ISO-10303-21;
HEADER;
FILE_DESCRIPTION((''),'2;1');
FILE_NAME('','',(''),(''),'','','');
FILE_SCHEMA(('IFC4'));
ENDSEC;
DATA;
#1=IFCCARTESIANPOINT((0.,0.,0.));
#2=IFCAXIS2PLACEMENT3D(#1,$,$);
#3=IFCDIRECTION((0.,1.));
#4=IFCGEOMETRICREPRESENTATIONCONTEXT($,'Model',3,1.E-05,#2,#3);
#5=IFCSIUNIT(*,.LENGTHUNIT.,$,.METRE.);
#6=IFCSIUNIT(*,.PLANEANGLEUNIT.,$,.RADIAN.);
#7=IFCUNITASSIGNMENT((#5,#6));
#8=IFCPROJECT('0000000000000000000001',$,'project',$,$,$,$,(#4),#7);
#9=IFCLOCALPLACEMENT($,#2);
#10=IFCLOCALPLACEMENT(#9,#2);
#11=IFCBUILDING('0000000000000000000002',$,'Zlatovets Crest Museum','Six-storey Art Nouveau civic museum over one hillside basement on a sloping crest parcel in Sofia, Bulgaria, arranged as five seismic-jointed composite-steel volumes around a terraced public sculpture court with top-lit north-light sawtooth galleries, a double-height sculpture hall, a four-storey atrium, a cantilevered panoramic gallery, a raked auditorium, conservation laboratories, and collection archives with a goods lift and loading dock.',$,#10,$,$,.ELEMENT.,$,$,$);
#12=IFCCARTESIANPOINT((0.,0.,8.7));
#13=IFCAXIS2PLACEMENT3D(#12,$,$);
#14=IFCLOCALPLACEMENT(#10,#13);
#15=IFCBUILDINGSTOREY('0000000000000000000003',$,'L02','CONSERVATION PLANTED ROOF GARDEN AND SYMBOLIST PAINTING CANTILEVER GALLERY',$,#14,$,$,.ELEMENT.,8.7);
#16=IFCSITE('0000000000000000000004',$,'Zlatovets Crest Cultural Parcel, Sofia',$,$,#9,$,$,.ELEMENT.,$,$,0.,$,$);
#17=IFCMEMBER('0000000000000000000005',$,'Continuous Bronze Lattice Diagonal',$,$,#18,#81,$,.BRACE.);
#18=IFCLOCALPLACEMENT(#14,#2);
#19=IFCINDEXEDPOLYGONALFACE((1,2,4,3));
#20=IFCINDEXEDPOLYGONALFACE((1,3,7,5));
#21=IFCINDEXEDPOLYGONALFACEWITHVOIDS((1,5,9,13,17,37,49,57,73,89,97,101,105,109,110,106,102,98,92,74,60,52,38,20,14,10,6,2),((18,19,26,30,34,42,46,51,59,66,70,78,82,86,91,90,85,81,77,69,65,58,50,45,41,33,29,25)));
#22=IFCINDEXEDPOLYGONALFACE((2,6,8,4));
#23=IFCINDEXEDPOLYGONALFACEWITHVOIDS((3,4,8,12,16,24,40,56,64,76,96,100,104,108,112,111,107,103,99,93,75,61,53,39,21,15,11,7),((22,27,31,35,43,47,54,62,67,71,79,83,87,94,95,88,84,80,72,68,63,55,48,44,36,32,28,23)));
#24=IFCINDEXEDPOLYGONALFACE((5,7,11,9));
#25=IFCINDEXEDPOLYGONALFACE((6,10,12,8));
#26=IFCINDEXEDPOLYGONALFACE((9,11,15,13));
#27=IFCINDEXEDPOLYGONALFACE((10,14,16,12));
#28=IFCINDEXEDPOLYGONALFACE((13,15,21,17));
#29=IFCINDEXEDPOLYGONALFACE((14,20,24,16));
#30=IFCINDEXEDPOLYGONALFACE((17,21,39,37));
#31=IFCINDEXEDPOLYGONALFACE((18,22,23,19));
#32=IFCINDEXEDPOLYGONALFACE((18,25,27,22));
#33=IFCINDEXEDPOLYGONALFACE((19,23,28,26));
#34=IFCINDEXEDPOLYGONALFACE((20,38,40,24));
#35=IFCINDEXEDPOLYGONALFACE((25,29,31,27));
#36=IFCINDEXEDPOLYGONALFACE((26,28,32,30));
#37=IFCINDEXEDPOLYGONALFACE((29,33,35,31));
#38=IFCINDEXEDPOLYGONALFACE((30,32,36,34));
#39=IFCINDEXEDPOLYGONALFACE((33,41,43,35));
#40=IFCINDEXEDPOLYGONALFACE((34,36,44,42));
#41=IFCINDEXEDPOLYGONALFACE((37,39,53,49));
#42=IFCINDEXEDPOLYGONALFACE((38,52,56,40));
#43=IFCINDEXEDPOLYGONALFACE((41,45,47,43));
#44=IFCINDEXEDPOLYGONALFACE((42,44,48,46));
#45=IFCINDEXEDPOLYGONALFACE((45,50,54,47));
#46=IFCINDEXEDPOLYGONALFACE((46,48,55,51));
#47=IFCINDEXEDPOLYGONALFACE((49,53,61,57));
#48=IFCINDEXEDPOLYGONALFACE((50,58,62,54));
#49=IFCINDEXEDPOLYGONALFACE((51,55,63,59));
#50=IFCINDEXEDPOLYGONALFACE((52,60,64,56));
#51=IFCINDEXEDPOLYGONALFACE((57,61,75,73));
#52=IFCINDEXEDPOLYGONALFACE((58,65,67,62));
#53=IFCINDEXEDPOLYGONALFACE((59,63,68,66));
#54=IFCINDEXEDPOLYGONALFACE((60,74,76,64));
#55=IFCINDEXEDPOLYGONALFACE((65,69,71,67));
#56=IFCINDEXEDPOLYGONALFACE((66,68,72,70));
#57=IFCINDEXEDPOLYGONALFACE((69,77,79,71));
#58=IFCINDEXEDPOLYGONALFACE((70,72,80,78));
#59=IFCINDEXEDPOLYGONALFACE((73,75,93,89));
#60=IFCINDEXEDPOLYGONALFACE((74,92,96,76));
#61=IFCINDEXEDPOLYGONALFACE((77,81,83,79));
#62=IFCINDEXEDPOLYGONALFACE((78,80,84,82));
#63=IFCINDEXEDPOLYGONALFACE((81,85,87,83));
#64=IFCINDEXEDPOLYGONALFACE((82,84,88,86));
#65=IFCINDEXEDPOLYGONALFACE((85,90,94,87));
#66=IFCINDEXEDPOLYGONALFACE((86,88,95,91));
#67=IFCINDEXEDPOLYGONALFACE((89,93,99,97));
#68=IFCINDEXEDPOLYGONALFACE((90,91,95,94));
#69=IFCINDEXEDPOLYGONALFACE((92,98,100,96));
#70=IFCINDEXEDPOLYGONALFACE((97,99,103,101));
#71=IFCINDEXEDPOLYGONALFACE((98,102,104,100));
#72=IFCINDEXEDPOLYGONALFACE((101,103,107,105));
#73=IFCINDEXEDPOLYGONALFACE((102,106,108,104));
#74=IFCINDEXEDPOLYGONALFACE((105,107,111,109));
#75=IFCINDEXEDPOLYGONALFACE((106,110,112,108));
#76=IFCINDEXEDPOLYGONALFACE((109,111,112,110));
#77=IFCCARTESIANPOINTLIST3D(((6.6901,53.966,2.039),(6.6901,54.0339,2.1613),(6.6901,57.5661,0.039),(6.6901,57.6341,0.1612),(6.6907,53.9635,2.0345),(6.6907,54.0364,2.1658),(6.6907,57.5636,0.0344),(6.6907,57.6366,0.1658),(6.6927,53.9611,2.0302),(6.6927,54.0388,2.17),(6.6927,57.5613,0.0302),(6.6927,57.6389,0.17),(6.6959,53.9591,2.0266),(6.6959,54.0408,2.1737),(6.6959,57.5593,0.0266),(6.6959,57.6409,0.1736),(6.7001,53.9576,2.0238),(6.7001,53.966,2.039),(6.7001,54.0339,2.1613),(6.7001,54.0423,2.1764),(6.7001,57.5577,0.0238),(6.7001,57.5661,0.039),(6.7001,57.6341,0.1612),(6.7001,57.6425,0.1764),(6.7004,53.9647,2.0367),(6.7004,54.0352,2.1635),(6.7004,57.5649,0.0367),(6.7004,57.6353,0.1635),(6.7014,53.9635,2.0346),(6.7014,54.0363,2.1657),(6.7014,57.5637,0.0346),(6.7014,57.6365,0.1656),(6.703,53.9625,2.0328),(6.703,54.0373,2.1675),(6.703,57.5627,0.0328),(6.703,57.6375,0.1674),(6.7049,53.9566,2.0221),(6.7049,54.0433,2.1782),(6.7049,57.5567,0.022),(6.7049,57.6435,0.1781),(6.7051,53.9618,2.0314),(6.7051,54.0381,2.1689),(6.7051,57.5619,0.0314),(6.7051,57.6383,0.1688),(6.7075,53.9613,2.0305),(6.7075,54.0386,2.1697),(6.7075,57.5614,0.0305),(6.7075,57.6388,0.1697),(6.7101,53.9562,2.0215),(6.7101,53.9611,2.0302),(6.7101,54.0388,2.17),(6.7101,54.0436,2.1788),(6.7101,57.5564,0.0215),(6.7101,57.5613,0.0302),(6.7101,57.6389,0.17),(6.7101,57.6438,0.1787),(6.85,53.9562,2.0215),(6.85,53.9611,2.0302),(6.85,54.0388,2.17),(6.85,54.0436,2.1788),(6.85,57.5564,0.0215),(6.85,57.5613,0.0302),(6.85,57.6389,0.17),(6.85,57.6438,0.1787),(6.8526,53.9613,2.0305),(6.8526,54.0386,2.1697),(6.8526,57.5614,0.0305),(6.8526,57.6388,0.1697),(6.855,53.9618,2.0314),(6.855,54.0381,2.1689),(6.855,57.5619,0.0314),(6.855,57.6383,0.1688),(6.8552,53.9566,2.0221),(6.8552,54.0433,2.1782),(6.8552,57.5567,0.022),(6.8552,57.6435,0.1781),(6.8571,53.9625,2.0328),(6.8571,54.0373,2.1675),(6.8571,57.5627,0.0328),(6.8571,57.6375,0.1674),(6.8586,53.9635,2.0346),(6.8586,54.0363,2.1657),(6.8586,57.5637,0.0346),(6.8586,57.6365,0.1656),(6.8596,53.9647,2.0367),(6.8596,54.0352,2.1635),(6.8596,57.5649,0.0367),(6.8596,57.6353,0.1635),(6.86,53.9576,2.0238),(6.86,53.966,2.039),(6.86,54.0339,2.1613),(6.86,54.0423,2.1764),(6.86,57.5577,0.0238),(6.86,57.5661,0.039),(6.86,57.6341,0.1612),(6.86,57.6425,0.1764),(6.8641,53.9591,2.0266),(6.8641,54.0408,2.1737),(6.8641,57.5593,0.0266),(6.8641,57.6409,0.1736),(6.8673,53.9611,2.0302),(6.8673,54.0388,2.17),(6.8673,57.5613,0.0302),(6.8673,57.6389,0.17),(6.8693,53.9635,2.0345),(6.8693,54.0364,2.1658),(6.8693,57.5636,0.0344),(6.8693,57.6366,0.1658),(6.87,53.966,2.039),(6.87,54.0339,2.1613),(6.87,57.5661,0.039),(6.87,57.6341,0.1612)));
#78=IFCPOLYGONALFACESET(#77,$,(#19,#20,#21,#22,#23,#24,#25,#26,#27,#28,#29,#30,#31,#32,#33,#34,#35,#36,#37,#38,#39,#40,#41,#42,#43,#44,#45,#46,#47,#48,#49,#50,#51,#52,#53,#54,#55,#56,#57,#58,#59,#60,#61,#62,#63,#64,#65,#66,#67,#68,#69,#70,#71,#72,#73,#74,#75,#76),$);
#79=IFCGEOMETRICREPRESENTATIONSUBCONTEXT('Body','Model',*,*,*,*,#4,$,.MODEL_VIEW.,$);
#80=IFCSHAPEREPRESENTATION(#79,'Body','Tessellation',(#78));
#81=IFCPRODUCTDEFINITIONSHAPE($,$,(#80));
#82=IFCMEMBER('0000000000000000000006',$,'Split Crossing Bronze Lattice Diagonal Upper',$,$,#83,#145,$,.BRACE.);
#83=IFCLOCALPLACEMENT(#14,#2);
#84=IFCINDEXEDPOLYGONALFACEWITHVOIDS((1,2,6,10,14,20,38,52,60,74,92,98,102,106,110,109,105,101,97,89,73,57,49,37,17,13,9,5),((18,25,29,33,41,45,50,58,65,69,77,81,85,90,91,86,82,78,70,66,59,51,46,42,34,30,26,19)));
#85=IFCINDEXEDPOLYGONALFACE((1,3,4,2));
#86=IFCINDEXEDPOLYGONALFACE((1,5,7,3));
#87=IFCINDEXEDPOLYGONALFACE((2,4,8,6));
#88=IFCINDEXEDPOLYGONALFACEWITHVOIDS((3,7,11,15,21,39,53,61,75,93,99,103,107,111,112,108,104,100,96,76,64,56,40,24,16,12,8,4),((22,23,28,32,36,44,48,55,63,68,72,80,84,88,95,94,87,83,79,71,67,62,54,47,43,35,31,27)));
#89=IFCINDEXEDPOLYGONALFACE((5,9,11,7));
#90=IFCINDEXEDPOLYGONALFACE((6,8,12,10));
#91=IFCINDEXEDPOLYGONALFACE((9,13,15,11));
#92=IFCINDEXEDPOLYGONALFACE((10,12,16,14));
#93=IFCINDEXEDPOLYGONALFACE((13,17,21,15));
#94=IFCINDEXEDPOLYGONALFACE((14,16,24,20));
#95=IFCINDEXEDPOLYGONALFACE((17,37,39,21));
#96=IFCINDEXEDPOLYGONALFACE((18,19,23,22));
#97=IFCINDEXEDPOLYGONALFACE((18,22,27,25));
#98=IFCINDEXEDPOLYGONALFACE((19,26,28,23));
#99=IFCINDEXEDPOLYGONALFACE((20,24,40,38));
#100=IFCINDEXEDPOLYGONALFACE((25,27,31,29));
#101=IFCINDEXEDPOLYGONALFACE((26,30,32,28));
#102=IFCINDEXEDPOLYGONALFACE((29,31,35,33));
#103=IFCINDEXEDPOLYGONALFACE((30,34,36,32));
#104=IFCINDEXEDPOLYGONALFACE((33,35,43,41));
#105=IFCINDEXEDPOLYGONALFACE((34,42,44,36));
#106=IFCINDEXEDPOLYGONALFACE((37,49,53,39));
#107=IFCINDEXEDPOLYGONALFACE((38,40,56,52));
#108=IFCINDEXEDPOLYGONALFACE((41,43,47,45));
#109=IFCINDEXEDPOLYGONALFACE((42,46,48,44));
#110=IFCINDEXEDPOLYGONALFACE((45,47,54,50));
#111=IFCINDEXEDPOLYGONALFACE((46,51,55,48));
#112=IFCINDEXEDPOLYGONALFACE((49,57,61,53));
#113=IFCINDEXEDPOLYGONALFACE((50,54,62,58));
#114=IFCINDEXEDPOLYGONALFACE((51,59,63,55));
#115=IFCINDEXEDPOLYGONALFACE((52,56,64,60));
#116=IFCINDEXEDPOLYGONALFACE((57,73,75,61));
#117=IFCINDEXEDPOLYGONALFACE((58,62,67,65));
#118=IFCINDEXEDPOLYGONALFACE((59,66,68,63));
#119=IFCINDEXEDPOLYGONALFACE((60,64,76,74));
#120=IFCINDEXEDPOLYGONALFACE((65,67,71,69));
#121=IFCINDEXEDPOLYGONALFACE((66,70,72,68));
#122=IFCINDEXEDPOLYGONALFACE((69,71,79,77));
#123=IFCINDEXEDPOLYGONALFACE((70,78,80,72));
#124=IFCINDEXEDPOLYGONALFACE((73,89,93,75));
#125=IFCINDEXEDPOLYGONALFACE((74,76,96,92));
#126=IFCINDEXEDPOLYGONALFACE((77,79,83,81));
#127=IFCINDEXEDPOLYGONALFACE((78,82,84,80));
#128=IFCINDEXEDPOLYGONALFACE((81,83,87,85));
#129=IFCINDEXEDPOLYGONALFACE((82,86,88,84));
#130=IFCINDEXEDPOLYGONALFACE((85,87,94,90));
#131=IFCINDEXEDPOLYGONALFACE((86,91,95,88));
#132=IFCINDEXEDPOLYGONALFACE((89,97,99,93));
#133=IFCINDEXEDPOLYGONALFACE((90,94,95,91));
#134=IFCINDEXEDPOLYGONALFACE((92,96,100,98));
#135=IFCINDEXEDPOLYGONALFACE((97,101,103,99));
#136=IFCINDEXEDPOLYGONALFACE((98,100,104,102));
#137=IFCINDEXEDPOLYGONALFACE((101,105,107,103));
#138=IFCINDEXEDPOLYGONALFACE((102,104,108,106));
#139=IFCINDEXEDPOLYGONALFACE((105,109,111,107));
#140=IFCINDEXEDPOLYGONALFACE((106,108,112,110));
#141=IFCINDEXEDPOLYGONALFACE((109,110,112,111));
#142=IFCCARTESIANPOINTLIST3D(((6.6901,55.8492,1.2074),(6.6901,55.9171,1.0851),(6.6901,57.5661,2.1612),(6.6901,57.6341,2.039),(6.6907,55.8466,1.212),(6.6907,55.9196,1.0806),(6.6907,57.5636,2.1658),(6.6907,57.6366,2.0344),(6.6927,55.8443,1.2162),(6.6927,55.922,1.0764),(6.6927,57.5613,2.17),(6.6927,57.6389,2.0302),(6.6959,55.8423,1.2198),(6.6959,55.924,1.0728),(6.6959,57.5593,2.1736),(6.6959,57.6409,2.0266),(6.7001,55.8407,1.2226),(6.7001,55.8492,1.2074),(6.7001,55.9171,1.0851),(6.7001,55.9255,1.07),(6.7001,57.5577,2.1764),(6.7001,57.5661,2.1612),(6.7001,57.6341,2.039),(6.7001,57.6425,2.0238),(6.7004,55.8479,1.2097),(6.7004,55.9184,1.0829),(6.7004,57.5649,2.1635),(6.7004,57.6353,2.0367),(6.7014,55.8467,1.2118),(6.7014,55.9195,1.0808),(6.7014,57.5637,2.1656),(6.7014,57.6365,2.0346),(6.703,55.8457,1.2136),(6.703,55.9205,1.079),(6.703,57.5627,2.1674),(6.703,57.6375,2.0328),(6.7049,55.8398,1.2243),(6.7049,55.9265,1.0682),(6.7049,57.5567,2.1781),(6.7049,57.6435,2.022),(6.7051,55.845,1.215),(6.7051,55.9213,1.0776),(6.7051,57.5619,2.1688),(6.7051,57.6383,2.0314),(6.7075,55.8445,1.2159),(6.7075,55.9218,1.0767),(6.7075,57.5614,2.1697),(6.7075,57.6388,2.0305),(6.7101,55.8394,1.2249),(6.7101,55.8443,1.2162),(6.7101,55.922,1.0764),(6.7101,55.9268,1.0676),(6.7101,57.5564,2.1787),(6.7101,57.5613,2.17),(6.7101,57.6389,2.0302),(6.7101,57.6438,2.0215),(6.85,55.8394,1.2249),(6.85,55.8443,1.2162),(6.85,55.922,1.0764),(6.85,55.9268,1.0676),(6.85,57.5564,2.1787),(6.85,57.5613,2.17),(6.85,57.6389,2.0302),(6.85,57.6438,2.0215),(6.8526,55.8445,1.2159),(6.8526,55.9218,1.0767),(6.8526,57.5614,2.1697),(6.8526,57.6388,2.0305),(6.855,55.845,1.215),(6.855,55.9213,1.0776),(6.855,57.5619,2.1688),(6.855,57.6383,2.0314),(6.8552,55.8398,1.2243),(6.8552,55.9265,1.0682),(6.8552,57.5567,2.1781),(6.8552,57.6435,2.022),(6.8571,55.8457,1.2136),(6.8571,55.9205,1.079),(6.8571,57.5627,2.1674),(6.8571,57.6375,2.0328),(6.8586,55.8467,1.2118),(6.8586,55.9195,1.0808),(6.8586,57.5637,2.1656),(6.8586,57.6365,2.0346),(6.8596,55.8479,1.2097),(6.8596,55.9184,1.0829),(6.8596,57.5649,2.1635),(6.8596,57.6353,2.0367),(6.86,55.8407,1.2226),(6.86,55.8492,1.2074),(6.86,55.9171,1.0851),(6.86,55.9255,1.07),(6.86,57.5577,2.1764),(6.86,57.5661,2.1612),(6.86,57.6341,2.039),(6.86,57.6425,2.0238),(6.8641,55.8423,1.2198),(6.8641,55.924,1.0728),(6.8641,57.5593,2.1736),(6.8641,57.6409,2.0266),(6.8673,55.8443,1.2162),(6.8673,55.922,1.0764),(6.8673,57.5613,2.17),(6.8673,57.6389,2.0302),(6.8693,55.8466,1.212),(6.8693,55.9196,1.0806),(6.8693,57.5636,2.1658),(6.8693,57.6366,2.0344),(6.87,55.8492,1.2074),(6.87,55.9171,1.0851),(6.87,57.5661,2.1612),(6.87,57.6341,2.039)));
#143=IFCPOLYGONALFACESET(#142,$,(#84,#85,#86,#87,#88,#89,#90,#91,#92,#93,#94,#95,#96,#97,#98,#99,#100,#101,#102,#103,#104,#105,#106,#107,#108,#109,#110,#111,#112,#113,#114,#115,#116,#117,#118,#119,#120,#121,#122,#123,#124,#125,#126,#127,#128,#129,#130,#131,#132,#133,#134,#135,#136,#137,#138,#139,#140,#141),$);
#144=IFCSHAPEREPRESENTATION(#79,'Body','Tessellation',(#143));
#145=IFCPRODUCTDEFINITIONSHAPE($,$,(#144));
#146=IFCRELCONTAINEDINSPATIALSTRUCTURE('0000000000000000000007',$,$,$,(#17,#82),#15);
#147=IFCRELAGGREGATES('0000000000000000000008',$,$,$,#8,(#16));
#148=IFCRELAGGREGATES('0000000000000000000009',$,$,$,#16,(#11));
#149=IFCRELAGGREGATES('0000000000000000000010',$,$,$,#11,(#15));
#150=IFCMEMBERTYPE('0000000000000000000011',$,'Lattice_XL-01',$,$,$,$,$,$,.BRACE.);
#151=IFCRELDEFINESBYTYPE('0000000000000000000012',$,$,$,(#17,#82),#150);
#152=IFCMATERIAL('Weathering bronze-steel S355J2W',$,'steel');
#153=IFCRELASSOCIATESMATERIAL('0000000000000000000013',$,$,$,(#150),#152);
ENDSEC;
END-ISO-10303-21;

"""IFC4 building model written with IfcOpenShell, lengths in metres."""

from ifc_helpers import new_model, si_unit, direction, frame, origin, origin_2d, place, context, subcontext, project, spatial, hollow_rectangle, extrude, material, material_profile, profile_set, type_object, element, save


model = new_model("IFC4")

# Units and contexts
model_context = context("Model", 3, precision=1e-05, world=origin(), true_north=direction((0.0, 1.0)))
body_context = subcontext(model_context, "Body", "Model", "MODEL_VIEW")
ifc_project = project(units=[si_unit("LENGTHUNIT", "METRE"), si_unit("PLANEANGLEUNIT", "RADIAN")], contexts=[model_context])

# Site, building, storey
site_placement = place(None, origin())
site = spatial("IfcSite", under=ifc_project, at=site_placement, Name="Zlatovets Crest Cultural Parcel, Sofia", CompositionType="ELEMENT", RefElevation=0.0)
building_placement = place(site_placement, origin())
building = spatial("IfcBuilding", under=site, at=building_placement, Name="Zlatovets Crest Museum", Description="Six-storey Art Nouveau civic museum over one hillside basement on a sloping crest parcel in Sofia, Bulgaria, arranged as five seismic-jointed composite-steel volumes around a terraced public sculpture court with top-lit north-light sawtooth galleries, a double-height sculpture hall, a four-storey atrium, a cantilevered panoramic gallery, a raked auditorium, conservation laboratories, and collection archives with a goods lift and loading dock.", CompositionType="ELEMENT")
storey_placement = place(building_placement, frame((0.0, 0.0, 8.7)))
storey = spatial("IfcBuildingStorey", under=building, at=storey_placement, Name="L02", Description="CONSERVATION PLANTED ROOF GARDEN AND SYMBOLIST PAINTING CANTILEVER GALLERY", CompositionType="ELEMENT", Elevation=8.7)

# Members
ifc_material_1 = material(Name="Weathering bronze-steel S355J2W", Category="steel")
ifc_material_profile_1 = material_profile(ifc_material_1, hollow_rectangle(XDim=0.1799, YDim=0.1799, WallThickness=0.01, InnerFilletRadius=0.01, OuterFilletRadius=0.02, at=origin_2d()), Name="SHS 180x180x10.0")
ifc_profile_set_1 = profile_set([ifc_material_profile_1], Name="Weathering bronze-steel S355J2W")
member_type_1 = type_object("IfcMemberType", Name="Lattice_XL-01", PredefinedType="BRACE", material=ifc_profile_set_1)
member_1_placement = place(storey_placement, frame((6.78, 57.6001, 0.1001), z_axis=(0.0, -0.874163, 0.485633), x_axis=(1.0, 0.0, 0.0)))
element("IfcMember", 1, at=member_1_placement, inside=storey, type_object=member_type_1, Name="Continuous Bronze Lattice Diagonal", PredefinedType="BRACE", context=body_context, shape_type="SweptSolid", body=[
    extrude(hollow_rectangle(XDim=0.1799, YDim=0.1799, WallThickness=0.01, InnerFilletRadius=0.01, OuterFilletRadius=0.02, at=origin_2d()), origin(), (0.0, 0.0, 1.0), 4.1184),
])
for number, where, z_axis, x_axis, name in (
    (2, (6.78, 57.6001, 2.1001), (0.0, -0.874169, -0.485622), (1.0, 0.0, 0.0), "Split Crossing Bronze Lattice Diagonal Upper"),
):
    element("IfcMember", number, at=place(storey_placement, frame(where, z_axis=z_axis, x_axis=x_axis)), inside=storey, type_object=member_type_1, Name=name, PredefinedType="BRACE", context=body_context, shape_type="SweptSolid", body=[
        extrude(hollow_rectangle(XDim=0.1799, YDim=0.1799, WallThickness=0.01, InnerFilletRadius=0.01, OuterFilletRadius=0.02, at=origin_2d()), origin(), (0.0, 0.0, 1.0), 1.9641),
    ])

save(model, "model.ifc")
